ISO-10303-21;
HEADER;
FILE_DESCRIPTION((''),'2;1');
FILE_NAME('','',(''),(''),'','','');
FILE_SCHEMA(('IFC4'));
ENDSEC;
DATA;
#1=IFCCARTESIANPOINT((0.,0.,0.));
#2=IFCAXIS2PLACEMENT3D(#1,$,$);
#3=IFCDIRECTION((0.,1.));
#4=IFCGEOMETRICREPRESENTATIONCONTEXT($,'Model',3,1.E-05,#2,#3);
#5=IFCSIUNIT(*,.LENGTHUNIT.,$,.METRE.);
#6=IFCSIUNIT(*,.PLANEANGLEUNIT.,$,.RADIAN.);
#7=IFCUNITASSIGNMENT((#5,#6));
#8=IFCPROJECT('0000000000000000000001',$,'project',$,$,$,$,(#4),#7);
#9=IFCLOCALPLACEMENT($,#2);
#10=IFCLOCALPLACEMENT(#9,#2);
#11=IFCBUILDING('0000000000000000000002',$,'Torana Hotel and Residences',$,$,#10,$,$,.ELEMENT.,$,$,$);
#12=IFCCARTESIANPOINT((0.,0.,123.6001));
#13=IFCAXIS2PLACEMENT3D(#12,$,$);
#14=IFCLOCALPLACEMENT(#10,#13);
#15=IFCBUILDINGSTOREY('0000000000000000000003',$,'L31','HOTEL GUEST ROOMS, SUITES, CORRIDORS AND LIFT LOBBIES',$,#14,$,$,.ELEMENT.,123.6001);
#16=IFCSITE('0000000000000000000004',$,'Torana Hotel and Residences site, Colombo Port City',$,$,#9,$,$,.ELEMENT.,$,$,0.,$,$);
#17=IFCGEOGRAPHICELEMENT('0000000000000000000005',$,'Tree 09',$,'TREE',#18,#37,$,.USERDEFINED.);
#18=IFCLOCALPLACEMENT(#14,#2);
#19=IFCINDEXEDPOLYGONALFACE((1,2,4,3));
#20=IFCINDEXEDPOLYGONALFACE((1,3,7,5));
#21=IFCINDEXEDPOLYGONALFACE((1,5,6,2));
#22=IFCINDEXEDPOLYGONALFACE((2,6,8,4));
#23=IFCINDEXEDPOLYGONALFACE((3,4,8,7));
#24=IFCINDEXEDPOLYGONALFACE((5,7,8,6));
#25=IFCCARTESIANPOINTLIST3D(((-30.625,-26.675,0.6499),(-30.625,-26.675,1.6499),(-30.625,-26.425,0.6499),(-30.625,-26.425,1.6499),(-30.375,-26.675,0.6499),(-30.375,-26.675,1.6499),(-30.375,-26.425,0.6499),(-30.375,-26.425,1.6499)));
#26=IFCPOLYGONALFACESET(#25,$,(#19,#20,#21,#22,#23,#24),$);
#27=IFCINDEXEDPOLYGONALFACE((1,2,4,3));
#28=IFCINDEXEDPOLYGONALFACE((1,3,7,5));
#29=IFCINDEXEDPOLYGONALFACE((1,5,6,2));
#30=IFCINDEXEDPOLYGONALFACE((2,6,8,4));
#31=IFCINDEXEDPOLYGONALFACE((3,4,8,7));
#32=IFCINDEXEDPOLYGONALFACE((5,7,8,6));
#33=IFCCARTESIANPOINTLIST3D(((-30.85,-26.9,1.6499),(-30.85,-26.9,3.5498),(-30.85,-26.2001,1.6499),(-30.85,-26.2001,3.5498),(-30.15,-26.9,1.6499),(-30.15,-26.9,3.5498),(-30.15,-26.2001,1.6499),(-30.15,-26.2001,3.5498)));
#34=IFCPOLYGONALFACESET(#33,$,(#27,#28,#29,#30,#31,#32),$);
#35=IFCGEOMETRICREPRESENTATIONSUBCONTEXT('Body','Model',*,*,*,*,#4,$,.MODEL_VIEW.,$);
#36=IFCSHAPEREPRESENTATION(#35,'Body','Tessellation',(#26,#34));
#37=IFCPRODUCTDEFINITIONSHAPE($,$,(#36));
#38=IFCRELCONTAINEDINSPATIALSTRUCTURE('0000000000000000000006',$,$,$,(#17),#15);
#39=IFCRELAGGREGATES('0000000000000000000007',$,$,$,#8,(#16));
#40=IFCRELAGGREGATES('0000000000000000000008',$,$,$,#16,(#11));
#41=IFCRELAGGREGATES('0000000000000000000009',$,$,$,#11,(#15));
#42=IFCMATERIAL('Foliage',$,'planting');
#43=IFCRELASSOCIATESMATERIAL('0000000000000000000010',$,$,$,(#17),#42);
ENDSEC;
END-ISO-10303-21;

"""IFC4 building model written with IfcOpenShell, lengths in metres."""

from ifc_helpers import new_model, si_unit, direction, frame, origin, origin_2d, place, context, subcontext, project, spatial, rectangle, extrude, material, element, save


model = new_model("IFC4")

# Units and contexts
model_context = context("Model", 3, precision=1e-05, world=origin(), true_north=direction((0.0, 1.0)))
body_context = subcontext(model_context, "Body", "Model", "MODEL_VIEW")
ifc_project = project(units=[si_unit("LENGTHUNIT", "METRE"), si_unit("PLANEANGLEUNIT", "RADIAN")], contexts=[model_context])

# Site, building, storey
site_placement = place(None, origin())
site = spatial("IfcSite", under=ifc_project, at=site_placement, Name="Torana Hotel and Residences site, Colombo Port City", CompositionType="ELEMENT", RefElevation=0.0)
building_placement = place(site_placement, origin())
building = spatial("IfcBuilding", under=site, at=building_placement, Name="Torana Hotel and Residences", CompositionType="ELEMENT")
storey_placement = place(building_placement, frame((0.0, 0.0, 123.6001)))
storey = spatial("IfcBuildingStorey", under=building, at=storey_placement, Name="L31", Description="HOTEL GUEST ROOMS, SUITES, CORRIDORS AND LIFT LOBBIES", CompositionType="ELEMENT", Elevation=123.6001)

# Geographic element
ifc_material_1 = material(Name="Foliage", Category="planting")
geographic_element_placement = place(storey_placement, frame((-30.5, -26.55, 0.6499), z_axis=(0.0, 0.0, 1.0), x_axis=(1.0, 0.0, 0.0)))
element("IfcGeographicElement", 1, at=geographic_element_placement, inside=storey, material=ifc_material_1, Name="Tree 09", ObjectType="TREE", PredefinedType="USERDEFINED", context=body_context, shape_type="SweptSolid", body=[
    extrude(rectangle(XDim=0.25, YDim=0.25, at=origin_2d()), origin(), (0.0, 0.0, 1.0), 1.0),
    extrude(rectangle(XDim=0.7, YDim=0.7, at=origin_2d()), frame((0.0, 0.0, 1.0)), (0.0, 0.0, 1.0), 1.8999),
])

save(model, "model.ifc")
